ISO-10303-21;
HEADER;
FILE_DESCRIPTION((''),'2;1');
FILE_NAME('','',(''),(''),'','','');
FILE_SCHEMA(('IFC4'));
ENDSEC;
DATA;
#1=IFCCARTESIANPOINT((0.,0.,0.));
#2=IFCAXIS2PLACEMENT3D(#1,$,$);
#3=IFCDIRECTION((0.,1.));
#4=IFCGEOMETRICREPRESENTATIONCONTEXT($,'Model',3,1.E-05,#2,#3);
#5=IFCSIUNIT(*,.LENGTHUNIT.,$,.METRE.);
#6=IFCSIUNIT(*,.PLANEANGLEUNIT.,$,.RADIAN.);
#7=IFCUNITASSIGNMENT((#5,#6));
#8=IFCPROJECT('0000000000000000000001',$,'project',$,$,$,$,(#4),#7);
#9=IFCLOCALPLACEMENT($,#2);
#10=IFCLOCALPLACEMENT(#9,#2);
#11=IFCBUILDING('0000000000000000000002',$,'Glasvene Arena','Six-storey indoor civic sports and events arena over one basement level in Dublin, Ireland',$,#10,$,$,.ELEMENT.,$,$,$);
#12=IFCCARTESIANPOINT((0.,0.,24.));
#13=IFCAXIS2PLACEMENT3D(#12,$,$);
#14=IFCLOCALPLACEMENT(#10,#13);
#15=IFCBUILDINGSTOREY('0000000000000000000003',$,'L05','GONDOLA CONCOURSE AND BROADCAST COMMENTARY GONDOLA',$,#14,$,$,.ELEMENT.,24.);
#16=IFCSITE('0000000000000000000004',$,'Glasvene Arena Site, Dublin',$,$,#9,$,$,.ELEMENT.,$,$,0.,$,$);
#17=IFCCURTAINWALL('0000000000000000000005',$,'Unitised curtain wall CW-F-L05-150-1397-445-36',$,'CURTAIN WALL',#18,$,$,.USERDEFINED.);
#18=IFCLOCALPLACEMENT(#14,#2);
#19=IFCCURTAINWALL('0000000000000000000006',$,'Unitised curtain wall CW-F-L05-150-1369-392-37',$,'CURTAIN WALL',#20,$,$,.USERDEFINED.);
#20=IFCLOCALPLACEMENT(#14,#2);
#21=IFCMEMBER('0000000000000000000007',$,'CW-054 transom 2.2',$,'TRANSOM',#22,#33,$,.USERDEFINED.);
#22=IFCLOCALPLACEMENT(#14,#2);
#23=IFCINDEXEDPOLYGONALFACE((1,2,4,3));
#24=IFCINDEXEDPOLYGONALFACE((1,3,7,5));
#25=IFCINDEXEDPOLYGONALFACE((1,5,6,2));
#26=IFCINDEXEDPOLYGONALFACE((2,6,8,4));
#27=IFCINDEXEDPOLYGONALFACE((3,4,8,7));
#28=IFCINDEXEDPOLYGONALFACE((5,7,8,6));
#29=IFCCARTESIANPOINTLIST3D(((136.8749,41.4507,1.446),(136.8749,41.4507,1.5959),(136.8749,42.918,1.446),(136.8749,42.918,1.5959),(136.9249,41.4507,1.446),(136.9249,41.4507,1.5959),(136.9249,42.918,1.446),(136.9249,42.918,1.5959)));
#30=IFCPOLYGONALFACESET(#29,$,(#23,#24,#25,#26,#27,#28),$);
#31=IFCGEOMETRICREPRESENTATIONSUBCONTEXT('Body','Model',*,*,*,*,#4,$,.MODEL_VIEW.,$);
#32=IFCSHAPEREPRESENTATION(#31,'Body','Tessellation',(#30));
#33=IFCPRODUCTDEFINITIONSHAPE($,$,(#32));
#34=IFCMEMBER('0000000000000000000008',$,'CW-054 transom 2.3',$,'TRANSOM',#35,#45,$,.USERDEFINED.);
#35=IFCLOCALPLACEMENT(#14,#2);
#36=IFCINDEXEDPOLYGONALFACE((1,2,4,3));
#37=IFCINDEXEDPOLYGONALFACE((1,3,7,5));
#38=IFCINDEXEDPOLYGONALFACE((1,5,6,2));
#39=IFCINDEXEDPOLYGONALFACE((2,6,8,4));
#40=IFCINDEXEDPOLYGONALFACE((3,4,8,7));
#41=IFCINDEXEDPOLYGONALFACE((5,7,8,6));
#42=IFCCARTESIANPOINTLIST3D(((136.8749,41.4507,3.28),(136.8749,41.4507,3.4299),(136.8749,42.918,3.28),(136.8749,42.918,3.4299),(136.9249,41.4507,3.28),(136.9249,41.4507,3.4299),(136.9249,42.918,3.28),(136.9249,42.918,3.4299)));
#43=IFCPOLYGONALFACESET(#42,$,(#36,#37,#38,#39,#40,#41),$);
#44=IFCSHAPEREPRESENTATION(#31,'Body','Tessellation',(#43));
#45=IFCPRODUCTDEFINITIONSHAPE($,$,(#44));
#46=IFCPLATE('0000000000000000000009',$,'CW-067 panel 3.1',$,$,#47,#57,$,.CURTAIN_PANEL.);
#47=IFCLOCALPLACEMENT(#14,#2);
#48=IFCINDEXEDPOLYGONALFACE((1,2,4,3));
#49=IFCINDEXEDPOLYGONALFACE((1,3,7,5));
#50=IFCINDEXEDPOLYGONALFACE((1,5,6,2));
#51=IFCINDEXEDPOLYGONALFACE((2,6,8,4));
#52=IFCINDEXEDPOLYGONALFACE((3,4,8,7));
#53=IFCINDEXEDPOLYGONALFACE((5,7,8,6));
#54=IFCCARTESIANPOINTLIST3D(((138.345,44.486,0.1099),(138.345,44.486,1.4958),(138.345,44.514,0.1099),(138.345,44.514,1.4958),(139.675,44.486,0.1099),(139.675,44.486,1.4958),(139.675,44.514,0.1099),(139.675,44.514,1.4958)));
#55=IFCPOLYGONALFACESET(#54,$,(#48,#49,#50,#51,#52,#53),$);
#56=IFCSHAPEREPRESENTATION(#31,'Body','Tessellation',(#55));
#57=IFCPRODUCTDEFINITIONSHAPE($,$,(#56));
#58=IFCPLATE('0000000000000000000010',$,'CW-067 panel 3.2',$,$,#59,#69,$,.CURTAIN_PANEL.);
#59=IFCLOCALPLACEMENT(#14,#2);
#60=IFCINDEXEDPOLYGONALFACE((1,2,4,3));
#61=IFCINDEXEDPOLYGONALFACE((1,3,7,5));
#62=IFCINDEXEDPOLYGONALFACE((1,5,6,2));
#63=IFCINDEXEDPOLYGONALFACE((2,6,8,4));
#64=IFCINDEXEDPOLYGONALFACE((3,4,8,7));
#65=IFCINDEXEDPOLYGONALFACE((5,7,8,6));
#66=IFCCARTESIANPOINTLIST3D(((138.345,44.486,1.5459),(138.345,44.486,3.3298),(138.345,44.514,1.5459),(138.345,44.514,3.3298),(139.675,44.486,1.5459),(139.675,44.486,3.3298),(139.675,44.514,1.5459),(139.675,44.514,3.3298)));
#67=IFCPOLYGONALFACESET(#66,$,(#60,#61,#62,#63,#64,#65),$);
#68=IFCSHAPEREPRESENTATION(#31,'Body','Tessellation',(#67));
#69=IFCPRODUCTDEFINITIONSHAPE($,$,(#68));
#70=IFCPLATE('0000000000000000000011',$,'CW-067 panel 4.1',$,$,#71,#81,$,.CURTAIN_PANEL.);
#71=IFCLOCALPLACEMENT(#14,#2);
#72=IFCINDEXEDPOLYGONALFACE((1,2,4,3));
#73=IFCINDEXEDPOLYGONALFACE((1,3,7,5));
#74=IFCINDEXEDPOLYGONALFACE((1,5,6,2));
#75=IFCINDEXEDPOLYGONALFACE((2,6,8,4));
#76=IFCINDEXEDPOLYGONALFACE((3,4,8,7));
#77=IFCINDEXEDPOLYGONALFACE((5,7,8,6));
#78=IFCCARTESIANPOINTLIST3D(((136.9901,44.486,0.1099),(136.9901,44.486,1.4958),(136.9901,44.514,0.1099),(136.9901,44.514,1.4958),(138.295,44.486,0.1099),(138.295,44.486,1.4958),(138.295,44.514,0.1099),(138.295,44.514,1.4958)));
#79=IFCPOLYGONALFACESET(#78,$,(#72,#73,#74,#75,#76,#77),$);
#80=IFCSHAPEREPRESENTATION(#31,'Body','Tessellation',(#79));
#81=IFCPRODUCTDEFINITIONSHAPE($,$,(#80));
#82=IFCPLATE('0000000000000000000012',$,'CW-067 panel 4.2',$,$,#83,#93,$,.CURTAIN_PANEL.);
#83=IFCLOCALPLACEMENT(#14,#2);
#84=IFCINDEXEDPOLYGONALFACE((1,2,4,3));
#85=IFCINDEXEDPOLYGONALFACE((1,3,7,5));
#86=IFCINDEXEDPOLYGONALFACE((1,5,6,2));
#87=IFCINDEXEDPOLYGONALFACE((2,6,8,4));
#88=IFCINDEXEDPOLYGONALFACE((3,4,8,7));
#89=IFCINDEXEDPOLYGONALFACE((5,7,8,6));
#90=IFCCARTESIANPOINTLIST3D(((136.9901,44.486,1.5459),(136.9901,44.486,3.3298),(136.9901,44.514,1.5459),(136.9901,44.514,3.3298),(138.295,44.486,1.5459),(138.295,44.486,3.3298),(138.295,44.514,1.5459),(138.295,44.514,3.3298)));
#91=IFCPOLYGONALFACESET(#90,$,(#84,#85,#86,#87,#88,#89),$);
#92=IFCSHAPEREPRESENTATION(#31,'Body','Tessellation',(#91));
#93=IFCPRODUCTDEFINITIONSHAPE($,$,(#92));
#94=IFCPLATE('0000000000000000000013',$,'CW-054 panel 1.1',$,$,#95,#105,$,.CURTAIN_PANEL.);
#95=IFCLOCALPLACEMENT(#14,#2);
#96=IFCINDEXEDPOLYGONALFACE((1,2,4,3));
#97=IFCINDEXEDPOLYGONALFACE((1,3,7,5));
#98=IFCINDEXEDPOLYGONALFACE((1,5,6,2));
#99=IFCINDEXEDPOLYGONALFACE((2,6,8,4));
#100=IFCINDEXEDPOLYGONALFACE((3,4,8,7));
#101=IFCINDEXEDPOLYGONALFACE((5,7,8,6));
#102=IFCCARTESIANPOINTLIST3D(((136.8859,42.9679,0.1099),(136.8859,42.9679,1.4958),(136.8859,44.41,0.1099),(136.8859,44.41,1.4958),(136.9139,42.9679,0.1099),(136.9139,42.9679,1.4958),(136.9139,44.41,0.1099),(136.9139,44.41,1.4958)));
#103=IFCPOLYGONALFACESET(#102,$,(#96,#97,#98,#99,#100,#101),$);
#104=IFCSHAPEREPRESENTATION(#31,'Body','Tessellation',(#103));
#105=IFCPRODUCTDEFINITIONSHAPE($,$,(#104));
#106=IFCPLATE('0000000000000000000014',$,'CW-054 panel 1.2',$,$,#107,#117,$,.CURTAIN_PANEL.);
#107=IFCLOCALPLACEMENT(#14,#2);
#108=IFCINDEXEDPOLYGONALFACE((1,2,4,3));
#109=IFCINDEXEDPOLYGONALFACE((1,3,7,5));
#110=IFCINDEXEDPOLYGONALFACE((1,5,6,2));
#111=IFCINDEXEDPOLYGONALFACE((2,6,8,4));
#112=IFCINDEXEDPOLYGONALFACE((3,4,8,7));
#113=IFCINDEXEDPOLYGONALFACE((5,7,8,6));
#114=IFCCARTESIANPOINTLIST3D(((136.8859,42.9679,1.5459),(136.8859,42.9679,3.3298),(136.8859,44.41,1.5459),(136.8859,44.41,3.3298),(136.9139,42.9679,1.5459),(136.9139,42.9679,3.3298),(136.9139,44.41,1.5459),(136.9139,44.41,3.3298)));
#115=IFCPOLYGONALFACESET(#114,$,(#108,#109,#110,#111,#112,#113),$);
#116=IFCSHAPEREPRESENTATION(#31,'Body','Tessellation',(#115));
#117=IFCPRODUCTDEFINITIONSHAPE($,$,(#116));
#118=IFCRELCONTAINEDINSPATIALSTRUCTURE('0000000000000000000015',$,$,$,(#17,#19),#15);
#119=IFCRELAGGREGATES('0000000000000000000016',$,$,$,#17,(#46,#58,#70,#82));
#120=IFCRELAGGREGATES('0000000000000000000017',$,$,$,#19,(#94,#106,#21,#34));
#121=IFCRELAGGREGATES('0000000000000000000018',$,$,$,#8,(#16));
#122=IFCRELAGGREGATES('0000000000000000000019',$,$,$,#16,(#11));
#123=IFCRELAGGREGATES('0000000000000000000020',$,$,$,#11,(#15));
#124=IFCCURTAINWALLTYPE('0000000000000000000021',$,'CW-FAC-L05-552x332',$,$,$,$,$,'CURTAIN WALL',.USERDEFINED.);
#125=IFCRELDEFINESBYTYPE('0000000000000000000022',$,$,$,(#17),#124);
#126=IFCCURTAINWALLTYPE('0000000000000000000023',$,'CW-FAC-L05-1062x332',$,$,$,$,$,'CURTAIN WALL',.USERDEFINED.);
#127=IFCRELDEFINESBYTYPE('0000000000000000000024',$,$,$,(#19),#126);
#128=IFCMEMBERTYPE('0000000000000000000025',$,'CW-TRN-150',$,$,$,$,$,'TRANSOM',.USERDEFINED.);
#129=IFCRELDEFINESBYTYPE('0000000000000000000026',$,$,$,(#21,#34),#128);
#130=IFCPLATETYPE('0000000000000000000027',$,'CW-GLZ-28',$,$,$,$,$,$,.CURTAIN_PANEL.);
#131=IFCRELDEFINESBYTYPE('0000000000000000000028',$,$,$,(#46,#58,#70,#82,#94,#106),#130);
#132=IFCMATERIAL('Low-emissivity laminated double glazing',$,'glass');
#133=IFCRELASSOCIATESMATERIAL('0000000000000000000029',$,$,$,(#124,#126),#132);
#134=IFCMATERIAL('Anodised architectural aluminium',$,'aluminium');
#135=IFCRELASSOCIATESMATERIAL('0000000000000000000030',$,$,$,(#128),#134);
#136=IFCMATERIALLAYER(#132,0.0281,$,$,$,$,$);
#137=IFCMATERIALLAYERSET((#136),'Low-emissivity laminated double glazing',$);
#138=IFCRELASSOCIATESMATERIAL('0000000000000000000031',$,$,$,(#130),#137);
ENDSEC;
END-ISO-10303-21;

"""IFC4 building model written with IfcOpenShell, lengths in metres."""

from ifc_helpers import new_model, si_unit, direction, frame, origin, origin_2d, place, context, subcontext, project, spatial, rectangle, extrude, material, layer, layer_set, material_profile, profile_set, type_object, element, aggregate, save


model = new_model("IFC4")

# Units and contexts
model_context = context("Model", 3, precision=1e-05, world=origin(), true_north=direction((0.0, 1.0)))
body_context = subcontext(model_context, "Body", "Model", "MODEL_VIEW")
ifc_project = project(units=[si_unit("LENGTHUNIT", "METRE"), si_unit("PLANEANGLEUNIT", "RADIAN")], contexts=[model_context])

# Site, building, storey
site_placement = place(None, origin())
site = spatial("IfcSite", under=ifc_project, at=site_placement, Name="Glasvene Arena Site, Dublin", CompositionType="ELEMENT", RefElevation=0.0)
building_placement = place(site_placement, origin())
building = spatial("IfcBuilding", under=site, at=building_placement, Name="Glasvene Arena", Description="Six-storey indoor civic sports and events arena over one basement level in Dublin, Ireland", CompositionType="ELEMENT")
storey_placement = place(building_placement, frame((0.0, 0.0, 24.0)))
storey = spatial("IfcBuildingStorey", under=building, at=storey_placement, Name="L05", Description="GONDOLA CONCOURSE AND BROADCAST COMMENTARY GONDOLA", CompositionType="ELEMENT", Elevation=24.0)

# Curtain walls
ifc_material_1 = material(Name="Low-emissivity laminated double glazing", Category="glass")
curtain_wall_type_1 = type_object("IfcCurtainWallType", Name="CW-FAC-L05-552x332", ElementType="CURTAIN WALL", PredefinedType="USERDEFINED", material=ifc_material_1)
curtain_wall_1_placement = place(storey_placement, frame((142.46, 44.5, 0.0)))
curtain_wall_1 = element("IfcCurtainWall", 1, at=curtain_wall_1_placement, inside=storey, type_object=curtain_wall_type_1, Name="Unitised curtain wall CW-F-L05-150-1397-445-36", ObjectType="CURTAIN WALL", PredefinedType="USERDEFINED")
ifc_material_2 = material(Name="Anodised architectural aluminium", Category="aluminium")
curtain_wall_type_2 = type_object("IfcCurtainWallType", Name="CW-FAC-L05-1062x332", ElementType="CURTAIN WALL", PredefinedType="USERDEFINED", material=ifc_material_1)
curtain_wall_2_placement = place(storey_placement, frame((136.8999, 44.46, 0.0)))
curtain_wall_2 = element("IfcCurtainWall", 2, at=curtain_wall_2_placement, inside=storey, type_object=curtain_wall_type_2, Name="Unitised curtain wall CW-F-L05-150-1369-392-37", ObjectType="CURTAIN WALL", PredefinedType="USERDEFINED")

# Members
ifc_material_profile_1 = material_profile(ifc_material_2, rectangle(XDim=0.05, YDim=0.1499, at=origin_2d()), Name="ALU TRANSOM 50x150")
ifc_profile_set_1 = profile_set([ifc_material_profile_1], Name="Anodised architectural aluminium")
member_type_1 = type_object("IfcMemberType", Name="CW-TRN-150", ElementType="TRANSOM", PredefinedType="USERDEFINED", material=ifc_profile_set_1)
member_1_placement = place(storey_placement, frame((136.8999, 42.918, 1.521), z_axis=(0.0, -1.0, 0.0), x_axis=(1.0, 0.0, 0.0)))
member_1 = element("IfcMember", 3, at=member_1_placement, type_object=member_type_1, Name="CW-054 transom 2.2", ObjectType="TRANSOM", PredefinedType="USERDEFINED", context=body_context, shape_type="SweptSolid", body=[
    extrude(rectangle(XDim=0.05, YDim=0.1499, at=origin_2d()), origin(), (0.0, 0.0, 1.0), 1.4673),
])
member_2_placement = place(storey_placement, frame((136.8999, 42.918, 3.355), z_axis=(0.0, -1.0, 0.0), x_axis=(1.0, 0.0, 0.0)))
member_2 = element("IfcMember", 4, at=member_2_placement, type_object=member_type_1, Name="CW-054 transom 2.3", ObjectType="TRANSOM", PredefinedType="USERDEFINED", context=body_context, shape_type="SweptSolid", body=[
    extrude(rectangle(XDim=0.05, YDim=0.1499, at=origin_2d()), origin(), (0.0, 0.0, 1.0), 1.4673),
])

# Plates
ifc_layer = layer(ifc_material_1, 0.0281)
ifc_layer_set = layer_set([ifc_layer], Name="Low-emissivity laminated double glazing")
plate_type = type_object("IfcPlateType", Name="CW-GLZ-28", PredefinedType="CURTAIN_PANEL", material=ifc_layer_set)
plate_1_placement = place(storey_placement, frame((139.01, 44.5, 0.1099), z_axis=(0.0, 0.0, 1.0), x_axis=(-1.0, 0.0, 0.0)))
plate_1 = element("IfcPlate", 5, at=plate_1_placement, type_object=plate_type, Name="CW-067 panel 3.1", PredefinedType="CURTAIN_PANEL", context=body_context, shape_type="SweptSolid", body=[
    extrude(rectangle(XDim=1.3301, YDim=0.0281, at=origin_2d()), origin(), (0.0, 0.0, 1.0), 1.386),
])
plate_2_placement = place(storey_placement, frame((139.01, 44.5, 1.5459), z_axis=(0.0, 0.0, 1.0), x_axis=(-1.0, 0.0, 0.0)))
plate_2 = element("IfcPlate", 6, at=plate_2_placement, type_object=plate_type, Name="CW-067 panel 3.2", PredefinedType="CURTAIN_PANEL", context=body_context, shape_type="SweptSolid", body=[
    extrude(rectangle(XDim=1.3301, YDim=0.0281, at=origin_2d()), origin(), (0.0, 0.0, 1.0), 1.7839),
])
plate_3_placement = place(storey_placement, frame((137.6426, 44.5, 0.1099), z_axis=(0.0, 0.0, 1.0), x_axis=(-1.0, 0.0, 0.0)))
plate_3 = element("IfcPlate", 7, at=plate_3_placement, type_object=plate_type, Name="CW-067 panel 4.1", PredefinedType="CURTAIN_PANEL", context=body_context, shape_type="SweptSolid", body=[
    extrude(rectangle(XDim=1.3049, YDim=0.0281, at=origin_2d()), origin(), (0.0, 0.0, 1.0), 1.386),
])
plate_4_placement = place(storey_placement, frame((137.6426, 44.5, 1.5459), z_axis=(0.0, 0.0, 1.0), x_axis=(-1.0, 0.0, 0.0)))
plate_4 = element("IfcPlate", 8, at=plate_4_placement, type_object=plate_type, Name="CW-067 panel 4.2", PredefinedType="CURTAIN_PANEL", context=body_context, shape_type="SweptSolid", body=[
    extrude(rectangle(XDim=1.3049, YDim=0.0281, at=origin_2d()), origin(), (0.0, 0.0, 1.0), 1.7839),
])
aggregate(curtain_wall_1, [plate_1, plate_2, plate_3, plate_4])
plate_5_placement = place(storey_placement, frame((136.8999, 43.689, 0.1099), z_axis=(0.0, 0.0, 1.0), x_axis=(0.0, -1.0, 0.0)))
plate_5 = element("IfcPlate", 9, at=plate_5_placement, type_object=plate_type, Name="CW-054 panel 1.1", PredefinedType="CURTAIN_PANEL", context=body_context, shape_type="SweptSolid", body=[
    extrude(rectangle(XDim=1.4421, YDim=0.0281, at=origin_2d()), origin(), (0.0, 0.0, 1.0), 1.386),
])
plate_6_placement = place(storey_placement, frame((136.8999, 43.689, 1.5459), z_axis=(0.0, 0.0, 1.0), x_axis=(0.0, -1.0, 0.0)))
plate_6 = element("IfcPlate", 10, at=plate_6_placement, type_object=plate_type, Name="CW-054 panel 1.2", PredefinedType="CURTAIN_PANEL", context=body_context, shape_type="SweptSolid", body=[
    extrude(rectangle(XDim=1.4421, YDim=0.0281, at=origin_2d()), origin(), (0.0, 0.0, 1.0), 1.7839),
])
aggregate(curtain_wall_2, [plate_5, plate_6, member_1, member_2])

save(model, "model.ifc")
